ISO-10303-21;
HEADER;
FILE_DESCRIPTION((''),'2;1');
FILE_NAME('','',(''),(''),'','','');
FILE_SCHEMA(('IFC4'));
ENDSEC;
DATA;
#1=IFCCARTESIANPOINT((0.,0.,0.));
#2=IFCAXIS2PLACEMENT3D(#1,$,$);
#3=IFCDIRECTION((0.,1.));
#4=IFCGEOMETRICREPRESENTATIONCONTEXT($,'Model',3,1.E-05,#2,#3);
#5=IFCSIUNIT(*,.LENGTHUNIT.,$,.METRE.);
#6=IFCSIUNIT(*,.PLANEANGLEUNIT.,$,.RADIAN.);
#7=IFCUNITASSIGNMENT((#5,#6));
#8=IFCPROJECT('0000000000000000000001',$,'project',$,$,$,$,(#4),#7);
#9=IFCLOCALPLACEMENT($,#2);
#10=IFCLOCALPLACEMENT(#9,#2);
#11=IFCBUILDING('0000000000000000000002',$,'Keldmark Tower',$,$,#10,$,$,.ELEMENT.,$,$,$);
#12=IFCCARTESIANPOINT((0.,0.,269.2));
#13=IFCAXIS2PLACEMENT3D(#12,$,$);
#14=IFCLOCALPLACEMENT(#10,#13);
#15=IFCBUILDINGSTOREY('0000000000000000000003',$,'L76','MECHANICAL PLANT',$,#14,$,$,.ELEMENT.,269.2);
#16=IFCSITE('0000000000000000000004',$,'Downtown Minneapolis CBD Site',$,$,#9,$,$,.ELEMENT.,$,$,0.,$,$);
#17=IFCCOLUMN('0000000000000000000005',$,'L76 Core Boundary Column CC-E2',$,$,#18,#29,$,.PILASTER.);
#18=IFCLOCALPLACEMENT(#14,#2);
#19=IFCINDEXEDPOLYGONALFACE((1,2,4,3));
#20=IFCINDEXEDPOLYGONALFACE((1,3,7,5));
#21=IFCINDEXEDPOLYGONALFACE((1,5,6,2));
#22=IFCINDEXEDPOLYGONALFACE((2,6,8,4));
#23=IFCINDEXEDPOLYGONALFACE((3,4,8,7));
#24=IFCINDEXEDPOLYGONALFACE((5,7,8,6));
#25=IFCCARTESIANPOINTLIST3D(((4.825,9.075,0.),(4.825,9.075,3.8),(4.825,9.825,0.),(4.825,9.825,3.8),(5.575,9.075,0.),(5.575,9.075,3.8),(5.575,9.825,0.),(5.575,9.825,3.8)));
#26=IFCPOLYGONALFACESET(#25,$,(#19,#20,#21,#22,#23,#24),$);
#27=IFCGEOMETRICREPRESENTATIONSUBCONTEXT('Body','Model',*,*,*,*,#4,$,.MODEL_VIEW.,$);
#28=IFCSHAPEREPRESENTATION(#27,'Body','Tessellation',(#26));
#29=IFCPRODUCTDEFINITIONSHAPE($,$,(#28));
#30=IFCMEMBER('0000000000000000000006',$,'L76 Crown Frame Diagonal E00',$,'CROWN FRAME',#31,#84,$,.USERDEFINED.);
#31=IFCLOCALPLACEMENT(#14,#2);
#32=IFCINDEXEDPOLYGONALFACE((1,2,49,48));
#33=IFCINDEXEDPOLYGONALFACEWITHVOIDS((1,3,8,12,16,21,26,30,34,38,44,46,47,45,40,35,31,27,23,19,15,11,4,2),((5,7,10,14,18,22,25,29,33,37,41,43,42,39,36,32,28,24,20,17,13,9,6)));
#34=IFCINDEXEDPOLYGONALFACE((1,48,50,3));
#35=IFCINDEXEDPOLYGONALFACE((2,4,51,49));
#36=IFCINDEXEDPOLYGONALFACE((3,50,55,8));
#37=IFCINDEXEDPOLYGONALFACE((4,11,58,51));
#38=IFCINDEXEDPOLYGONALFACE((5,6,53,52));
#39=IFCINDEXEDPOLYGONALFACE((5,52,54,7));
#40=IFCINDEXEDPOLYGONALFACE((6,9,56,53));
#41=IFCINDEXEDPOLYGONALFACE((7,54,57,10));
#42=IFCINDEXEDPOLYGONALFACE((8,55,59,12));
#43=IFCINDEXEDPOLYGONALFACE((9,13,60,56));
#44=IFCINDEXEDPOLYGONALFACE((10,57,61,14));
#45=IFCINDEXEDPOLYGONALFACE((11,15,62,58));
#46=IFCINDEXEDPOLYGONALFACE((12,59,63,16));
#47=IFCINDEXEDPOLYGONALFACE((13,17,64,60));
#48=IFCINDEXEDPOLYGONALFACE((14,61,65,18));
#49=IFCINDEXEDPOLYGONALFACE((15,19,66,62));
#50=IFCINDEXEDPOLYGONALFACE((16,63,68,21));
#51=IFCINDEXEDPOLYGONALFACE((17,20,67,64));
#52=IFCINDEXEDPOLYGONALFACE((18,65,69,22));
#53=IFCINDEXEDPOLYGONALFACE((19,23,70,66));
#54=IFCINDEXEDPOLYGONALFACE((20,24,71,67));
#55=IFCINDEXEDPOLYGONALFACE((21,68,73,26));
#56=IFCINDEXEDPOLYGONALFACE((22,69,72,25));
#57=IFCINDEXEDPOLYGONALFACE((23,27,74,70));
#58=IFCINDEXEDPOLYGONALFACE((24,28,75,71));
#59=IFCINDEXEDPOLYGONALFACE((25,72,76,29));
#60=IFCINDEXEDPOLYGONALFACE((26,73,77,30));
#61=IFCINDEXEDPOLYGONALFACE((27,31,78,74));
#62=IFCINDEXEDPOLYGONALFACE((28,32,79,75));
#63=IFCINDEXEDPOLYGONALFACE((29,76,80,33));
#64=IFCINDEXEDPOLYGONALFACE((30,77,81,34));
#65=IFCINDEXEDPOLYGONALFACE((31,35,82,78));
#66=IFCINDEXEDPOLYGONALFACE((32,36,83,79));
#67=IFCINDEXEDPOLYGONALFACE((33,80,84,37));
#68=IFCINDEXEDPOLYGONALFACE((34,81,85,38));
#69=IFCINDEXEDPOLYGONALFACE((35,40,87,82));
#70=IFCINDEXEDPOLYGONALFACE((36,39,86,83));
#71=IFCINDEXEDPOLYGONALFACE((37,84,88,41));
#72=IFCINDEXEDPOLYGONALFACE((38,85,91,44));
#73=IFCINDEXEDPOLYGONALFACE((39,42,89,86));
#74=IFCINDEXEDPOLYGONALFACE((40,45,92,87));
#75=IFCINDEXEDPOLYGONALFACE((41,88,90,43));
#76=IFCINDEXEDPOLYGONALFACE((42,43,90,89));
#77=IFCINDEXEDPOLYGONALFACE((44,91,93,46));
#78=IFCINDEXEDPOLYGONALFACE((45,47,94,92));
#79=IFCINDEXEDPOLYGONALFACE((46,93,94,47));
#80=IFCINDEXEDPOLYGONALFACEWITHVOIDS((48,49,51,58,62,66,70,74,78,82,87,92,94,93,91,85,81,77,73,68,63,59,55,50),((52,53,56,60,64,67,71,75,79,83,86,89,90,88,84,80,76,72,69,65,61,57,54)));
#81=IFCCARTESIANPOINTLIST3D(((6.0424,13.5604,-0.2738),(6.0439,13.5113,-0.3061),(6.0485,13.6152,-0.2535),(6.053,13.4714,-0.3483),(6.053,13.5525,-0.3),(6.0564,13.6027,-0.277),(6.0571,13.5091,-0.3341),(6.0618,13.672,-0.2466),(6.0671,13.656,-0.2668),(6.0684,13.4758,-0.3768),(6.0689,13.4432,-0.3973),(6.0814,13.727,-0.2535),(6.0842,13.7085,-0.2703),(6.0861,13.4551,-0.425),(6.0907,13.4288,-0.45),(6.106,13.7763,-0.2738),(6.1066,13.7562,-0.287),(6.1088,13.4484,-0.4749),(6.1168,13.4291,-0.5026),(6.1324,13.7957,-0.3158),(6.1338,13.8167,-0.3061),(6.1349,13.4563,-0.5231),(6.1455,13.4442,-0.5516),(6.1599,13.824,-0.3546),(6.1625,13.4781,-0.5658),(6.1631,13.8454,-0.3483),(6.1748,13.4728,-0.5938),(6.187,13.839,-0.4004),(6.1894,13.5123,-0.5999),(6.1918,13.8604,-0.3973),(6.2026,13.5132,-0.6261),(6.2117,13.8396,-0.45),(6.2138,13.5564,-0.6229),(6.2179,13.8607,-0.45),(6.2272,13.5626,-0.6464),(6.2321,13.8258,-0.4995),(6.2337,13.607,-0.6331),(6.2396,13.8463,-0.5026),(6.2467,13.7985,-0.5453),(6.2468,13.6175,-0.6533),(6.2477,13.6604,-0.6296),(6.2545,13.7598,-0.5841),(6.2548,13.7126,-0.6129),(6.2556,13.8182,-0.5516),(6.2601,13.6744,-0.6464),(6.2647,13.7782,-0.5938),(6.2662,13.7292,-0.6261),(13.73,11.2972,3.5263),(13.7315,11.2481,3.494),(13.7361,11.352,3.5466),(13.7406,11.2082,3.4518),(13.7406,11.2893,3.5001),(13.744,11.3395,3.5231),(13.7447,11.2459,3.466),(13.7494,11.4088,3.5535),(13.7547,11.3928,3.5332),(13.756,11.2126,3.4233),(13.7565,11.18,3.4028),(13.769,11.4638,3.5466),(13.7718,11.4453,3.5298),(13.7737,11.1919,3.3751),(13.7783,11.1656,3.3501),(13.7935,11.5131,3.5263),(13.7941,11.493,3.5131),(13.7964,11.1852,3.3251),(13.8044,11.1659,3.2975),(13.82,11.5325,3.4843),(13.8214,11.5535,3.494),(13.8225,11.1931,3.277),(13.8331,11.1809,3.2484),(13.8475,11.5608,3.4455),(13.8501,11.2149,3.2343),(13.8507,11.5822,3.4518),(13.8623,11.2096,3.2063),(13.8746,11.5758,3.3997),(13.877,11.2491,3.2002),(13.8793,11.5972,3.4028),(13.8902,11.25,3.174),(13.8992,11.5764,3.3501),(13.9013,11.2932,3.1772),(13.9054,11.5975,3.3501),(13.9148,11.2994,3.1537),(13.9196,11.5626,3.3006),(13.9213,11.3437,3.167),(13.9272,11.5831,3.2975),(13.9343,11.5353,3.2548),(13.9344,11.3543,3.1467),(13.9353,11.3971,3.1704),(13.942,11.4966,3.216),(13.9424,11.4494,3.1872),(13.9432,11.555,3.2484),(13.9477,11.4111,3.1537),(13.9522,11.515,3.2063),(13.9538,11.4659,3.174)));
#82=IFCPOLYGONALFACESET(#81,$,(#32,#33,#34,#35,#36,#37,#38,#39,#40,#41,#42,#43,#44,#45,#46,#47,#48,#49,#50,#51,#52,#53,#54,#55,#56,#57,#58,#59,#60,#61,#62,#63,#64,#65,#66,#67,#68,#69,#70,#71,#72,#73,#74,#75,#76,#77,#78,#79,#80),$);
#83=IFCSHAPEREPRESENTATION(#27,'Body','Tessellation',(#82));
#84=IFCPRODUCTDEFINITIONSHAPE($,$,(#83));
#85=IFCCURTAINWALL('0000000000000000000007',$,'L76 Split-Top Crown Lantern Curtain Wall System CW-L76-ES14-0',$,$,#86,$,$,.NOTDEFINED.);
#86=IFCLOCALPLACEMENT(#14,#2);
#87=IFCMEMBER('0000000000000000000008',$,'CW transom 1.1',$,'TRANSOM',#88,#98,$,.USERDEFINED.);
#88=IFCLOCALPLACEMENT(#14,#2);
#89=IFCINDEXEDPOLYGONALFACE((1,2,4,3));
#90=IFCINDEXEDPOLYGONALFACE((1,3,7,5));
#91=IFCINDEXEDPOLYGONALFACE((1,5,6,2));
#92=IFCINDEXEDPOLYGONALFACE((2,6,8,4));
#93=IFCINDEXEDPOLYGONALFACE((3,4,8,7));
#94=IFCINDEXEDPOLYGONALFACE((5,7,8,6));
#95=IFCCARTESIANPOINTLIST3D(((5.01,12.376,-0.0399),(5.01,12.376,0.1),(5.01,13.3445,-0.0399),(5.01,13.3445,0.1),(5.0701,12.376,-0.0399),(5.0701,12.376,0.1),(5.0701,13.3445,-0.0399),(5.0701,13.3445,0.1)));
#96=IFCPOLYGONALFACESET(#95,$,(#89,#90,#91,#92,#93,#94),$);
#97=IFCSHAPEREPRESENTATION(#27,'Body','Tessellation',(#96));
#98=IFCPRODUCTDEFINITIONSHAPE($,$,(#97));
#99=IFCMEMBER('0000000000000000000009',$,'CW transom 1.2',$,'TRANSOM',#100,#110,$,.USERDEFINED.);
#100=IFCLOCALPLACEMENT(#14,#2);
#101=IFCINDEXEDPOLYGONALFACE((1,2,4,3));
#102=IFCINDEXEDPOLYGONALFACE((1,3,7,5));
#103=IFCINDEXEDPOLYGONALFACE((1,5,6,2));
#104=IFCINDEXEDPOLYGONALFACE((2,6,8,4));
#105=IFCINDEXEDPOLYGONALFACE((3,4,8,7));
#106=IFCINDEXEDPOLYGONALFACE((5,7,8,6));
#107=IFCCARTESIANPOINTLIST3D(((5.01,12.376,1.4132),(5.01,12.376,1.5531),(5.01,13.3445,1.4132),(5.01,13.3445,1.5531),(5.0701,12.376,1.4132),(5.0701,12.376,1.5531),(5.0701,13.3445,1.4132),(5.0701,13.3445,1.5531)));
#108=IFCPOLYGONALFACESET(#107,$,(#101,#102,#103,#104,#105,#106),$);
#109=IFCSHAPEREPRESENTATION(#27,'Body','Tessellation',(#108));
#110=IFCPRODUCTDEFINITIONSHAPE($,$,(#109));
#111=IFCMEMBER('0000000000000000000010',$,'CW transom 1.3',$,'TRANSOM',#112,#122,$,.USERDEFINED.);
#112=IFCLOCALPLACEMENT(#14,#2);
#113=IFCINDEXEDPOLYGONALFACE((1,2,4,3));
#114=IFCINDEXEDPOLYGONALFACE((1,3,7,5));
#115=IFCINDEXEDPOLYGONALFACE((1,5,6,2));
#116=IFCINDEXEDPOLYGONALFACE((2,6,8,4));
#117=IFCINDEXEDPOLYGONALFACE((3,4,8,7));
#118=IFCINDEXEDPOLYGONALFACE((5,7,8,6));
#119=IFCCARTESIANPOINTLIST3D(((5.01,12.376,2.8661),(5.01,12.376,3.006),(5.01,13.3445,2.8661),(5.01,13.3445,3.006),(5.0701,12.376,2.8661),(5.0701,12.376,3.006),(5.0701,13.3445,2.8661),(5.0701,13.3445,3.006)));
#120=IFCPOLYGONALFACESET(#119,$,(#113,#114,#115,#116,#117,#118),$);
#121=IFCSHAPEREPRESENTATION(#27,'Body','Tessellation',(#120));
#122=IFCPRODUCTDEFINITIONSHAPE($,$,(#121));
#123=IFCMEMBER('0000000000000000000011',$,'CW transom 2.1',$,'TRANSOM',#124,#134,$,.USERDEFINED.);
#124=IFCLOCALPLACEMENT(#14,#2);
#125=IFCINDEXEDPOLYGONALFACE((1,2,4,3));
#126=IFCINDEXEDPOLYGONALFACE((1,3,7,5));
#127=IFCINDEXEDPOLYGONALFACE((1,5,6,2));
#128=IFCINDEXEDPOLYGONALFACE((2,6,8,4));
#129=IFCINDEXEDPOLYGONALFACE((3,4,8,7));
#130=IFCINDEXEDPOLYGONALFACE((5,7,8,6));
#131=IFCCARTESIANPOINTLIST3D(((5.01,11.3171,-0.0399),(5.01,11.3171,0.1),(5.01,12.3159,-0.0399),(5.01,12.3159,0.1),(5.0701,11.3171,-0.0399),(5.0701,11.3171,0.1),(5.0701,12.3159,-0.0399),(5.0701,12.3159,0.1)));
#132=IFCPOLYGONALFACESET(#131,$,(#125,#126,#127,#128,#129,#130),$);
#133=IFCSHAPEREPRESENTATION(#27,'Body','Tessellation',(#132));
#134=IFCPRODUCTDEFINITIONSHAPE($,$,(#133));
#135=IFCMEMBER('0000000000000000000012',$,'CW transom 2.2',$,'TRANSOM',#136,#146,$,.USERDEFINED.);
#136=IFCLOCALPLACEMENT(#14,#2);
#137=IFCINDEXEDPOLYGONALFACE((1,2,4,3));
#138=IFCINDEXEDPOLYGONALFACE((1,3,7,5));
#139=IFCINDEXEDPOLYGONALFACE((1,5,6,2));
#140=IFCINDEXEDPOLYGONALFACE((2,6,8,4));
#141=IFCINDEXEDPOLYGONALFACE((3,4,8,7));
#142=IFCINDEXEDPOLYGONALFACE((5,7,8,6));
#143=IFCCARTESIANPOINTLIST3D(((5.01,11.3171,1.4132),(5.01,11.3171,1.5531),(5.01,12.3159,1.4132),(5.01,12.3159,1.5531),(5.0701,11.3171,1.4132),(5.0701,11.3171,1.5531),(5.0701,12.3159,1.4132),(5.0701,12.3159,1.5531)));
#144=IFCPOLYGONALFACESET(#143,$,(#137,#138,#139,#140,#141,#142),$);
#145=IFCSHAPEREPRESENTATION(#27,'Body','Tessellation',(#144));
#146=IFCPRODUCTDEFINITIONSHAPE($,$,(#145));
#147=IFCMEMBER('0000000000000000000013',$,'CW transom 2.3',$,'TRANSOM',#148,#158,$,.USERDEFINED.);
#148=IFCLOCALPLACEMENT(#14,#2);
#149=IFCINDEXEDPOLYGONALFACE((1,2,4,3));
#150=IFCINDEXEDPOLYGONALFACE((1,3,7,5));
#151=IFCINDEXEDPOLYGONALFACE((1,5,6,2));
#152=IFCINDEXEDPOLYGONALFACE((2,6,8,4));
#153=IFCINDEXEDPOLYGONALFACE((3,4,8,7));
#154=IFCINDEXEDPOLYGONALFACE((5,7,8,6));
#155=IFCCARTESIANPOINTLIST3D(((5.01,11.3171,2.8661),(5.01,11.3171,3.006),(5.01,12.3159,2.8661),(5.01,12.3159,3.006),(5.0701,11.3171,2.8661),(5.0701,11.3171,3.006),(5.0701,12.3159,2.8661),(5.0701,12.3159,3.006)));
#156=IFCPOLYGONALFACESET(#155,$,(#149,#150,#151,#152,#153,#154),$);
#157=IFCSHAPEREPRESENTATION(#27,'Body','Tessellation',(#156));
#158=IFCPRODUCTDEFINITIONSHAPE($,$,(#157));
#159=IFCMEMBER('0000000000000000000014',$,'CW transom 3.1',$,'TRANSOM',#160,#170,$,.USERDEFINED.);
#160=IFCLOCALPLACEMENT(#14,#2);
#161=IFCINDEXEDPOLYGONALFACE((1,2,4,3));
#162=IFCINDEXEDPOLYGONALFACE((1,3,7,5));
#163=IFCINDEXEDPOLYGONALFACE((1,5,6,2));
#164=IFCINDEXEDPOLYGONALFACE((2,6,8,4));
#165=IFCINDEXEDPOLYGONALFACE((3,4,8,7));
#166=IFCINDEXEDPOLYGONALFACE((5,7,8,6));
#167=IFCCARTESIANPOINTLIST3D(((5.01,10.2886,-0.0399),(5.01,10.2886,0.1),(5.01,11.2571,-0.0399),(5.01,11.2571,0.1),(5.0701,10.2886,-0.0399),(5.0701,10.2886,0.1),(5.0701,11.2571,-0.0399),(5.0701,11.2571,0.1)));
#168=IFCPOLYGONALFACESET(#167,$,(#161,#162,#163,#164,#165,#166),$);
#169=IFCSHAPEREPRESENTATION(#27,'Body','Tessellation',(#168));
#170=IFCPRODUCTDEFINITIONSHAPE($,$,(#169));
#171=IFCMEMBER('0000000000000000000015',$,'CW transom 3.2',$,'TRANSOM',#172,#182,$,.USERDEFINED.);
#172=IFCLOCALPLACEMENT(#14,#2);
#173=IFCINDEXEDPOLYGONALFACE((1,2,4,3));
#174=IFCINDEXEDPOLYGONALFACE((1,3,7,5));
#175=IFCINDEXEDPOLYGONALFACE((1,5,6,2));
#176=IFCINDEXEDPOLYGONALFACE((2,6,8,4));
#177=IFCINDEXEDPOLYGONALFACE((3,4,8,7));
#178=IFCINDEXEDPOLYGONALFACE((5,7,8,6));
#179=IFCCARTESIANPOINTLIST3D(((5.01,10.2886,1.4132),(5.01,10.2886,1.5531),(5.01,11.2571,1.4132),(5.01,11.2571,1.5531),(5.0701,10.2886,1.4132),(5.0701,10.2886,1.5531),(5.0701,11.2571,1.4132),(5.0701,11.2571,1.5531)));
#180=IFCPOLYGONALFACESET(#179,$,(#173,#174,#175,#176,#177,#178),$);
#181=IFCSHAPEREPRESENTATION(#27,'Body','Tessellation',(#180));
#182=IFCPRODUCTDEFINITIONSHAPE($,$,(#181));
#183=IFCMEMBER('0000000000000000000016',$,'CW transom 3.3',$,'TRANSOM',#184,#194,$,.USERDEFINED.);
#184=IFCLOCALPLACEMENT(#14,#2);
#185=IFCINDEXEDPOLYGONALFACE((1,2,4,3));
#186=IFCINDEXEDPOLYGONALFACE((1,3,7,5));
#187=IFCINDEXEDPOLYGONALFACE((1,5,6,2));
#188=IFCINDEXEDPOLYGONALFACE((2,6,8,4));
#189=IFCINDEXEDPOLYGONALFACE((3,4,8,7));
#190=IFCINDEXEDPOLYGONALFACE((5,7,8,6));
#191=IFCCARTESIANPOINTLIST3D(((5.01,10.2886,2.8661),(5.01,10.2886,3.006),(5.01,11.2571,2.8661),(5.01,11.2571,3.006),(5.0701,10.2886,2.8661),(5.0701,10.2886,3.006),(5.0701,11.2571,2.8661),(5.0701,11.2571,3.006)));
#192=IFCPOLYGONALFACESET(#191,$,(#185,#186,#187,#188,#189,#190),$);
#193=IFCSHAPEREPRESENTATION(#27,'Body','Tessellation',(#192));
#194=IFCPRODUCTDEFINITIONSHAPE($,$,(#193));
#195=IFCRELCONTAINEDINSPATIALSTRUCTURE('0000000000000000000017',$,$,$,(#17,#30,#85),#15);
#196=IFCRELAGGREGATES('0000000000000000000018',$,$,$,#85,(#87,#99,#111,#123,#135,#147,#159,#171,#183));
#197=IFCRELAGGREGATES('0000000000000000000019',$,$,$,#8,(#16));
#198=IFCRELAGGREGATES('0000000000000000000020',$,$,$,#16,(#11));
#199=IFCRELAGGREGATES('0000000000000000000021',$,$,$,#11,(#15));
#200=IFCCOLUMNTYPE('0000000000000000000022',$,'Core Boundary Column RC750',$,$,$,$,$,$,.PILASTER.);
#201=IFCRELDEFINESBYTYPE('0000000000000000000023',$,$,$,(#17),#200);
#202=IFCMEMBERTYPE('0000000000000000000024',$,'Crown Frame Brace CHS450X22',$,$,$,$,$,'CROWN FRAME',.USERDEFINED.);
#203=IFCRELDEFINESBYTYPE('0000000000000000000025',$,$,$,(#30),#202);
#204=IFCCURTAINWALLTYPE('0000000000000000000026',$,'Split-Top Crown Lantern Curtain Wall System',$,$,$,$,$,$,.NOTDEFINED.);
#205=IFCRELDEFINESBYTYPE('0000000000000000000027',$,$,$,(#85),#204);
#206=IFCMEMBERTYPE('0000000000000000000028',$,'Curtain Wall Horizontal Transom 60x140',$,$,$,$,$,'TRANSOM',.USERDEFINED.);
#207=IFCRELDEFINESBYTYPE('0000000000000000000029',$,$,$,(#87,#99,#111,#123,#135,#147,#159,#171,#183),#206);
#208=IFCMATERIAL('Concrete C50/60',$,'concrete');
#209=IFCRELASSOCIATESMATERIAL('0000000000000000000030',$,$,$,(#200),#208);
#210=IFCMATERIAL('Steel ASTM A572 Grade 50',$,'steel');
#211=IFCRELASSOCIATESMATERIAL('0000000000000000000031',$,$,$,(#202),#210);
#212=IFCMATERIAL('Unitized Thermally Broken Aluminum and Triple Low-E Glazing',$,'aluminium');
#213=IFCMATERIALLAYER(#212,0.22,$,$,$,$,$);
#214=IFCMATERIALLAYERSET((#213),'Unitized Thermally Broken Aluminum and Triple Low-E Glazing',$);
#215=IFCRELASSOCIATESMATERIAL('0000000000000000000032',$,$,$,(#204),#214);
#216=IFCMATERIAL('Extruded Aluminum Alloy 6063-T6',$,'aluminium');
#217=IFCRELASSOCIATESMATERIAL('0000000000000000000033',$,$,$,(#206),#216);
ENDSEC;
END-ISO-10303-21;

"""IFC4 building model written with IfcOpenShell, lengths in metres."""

from ifc_helpers import new_model, si_unit, direction, frame, origin, origin_2d, place, context, subcontext, project, spatial, rectangle, hollow_circle, extrude, material, layer, layer_set, material_profile, profile_set, type_object, element, aggregate, save


model = new_model("IFC4")

# Units and contexts
model_context = context("Model", 3, precision=1e-05, world=origin(), true_north=direction((0.0, 1.0)))
body_context = subcontext(model_context, "Body", "Model", "MODEL_VIEW")
ifc_project = project(units=[si_unit("LENGTHUNIT", "METRE"), si_unit("PLANEANGLEUNIT", "RADIAN")], contexts=[model_context])

# Site, building, storey
site_placement = place(None, origin())
site = spatial("IfcSite", under=ifc_project, at=site_placement, Name="Downtown Minneapolis CBD Site", CompositionType="ELEMENT", RefElevation=0.0)
building_placement = place(site_placement, origin())
building = spatial("IfcBuilding", under=site, at=building_placement, Name="Keldmark Tower", CompositionType="ELEMENT")
storey_placement = place(building_placement, frame((0.0, 0.0, 269.2)))
storey = spatial("IfcBuildingStorey", under=building, at=storey_placement, Name="L76", Description="MECHANICAL PLANT", CompositionType="ELEMENT", Elevation=269.2)

# Column
ifc_material_1 = material(Name="Concrete C50/60", Category="concrete")
ifc_material_profile_1 = material_profile(ifc_material_1, rectangle(XDim=0.75, YDim=0.75, at=origin_2d()), Name="RC750X750")
ifc_profile_set_1 = profile_set([ifc_material_profile_1], Name="Concrete C50/60")
column_type = type_object("IfcColumnType", Name="Core Boundary Column RC750", PredefinedType="PILASTER", material=ifc_profile_set_1)
column_placement = place(storey_placement, frame((5.2, 9.45, 0.0), z_axis=(0.0, 0.0, 1.0), x_axis=(1.0, 0.0, 0.0)))
element("IfcColumn", 1, at=column_placement, inside=storey, type_object=column_type, Name="L76 Core Boundary Column CC-E2", PredefinedType="PILASTER", context=body_context, shape_type="SweptSolid", body=[
    extrude(rectangle(XDim=0.75, YDim=0.75, at=origin_2d()), origin(), (0.0, 0.0, 1.0), 3.8),
])

# Member
ifc_material_2 = material(Name="Steel ASTM A572 Grade 50", Category="steel")
ifc_material_profile_2 = material_profile(ifc_material_2, hollow_circle(Radius=0.2251, WallThickness=0.022, at=origin_2d()), Name="CHS450X22")
ifc_profile_set_2 = profile_set([ifc_material_profile_2], Name="Steel ASTM A572 Grade 50")
member_type_1 = type_object("IfcMemberType", Name="Crown Frame Brace CHS450X22", ElementType="CROWN FRAME", PredefinedType="USERDEFINED", material=ifc_profile_set_2)
member_1_placement = place(storey_placement, frame((6.1543, 13.6448, -0.45), z_axis=(0.866778, -0.255178, 0.428462), x_axis=(0.282414, 0.959293, 0.0)))
element("IfcMember", 2, at=member_1_placement, inside=storey, type_object=member_type_1, Name="L76 Crown Frame Diagonal E00", ObjectType="CROWN FRAME", PredefinedType="USERDEFINED", context=body_context, shape_type="SweptSolid", body=[
    extrude(hollow_circle(Radius=0.2251, WallThickness=0.022, at=origin_2d()), origin(), (0.0, 0.0, 1.0), 8.8691),
])

# Curtain wall, members
ifc_material_3 = material(Name="Unitized Thermally Broken Aluminum and Triple Low-E Glazing", Category="aluminium")
ifc_layer_1 = layer(ifc_material_3, 0.22)
ifc_layer_set_1 = layer_set([ifc_layer_1], Name="Unitized Thermally Broken Aluminum and Triple Low-E Glazing")
curtain_wall_type = type_object("IfcCurtainWallType", Name="Split-Top Crown Lantern Curtain Wall System", PredefinedType="NOTDEFINED", material=ifc_layer_set_1)
curtain_wall_placement = place(storey_placement, origin())
curtain_wall = element("IfcCurtainWall", 3, at=curtain_wall_placement, inside=storey, type_object=curtain_wall_type, Name="L76 Split-Top Crown Lantern Curtain Wall System CW-L76-ES14-0", PredefinedType="NOTDEFINED")
ifc_material_4 = material(Name="Extruded Aluminum Alloy 6063-T6", Category="aluminium")
ifc_material_profile_3 = material_profile(ifc_material_4, rectangle(XDim=0.0601, YDim=0.1399, at=origin_2d()), Name="CWT60X140")
ifc_profile_set_3 = profile_set([ifc_material_profile_3], Name="Extruded Aluminum Alloy 6063-T6")
member_type_2 = type_object("IfcMemberType", Name="Curtain Wall Horizontal Transom 60x140", ElementType="TRANSOM", PredefinedType="USERDEFINED", material=ifc_profile_set_3)
member_2_placement = place(storey_placement, frame((5.04, 13.3445, 0.03), z_axis=(0.0, -1.0, 0.0), x_axis=(1.0, 0.0, 0.0)))
member_2 = element("IfcMember", 4, at=member_2_placement, type_object=member_type_2, Name="CW transom 1.1", ObjectType="TRANSOM", PredefinedType="USERDEFINED", context=body_context, shape_type="SweptSolid", body=[
    extrude(rectangle(XDim=0.0601, YDim=0.1399, at=origin_2d()), origin(), (0.0, 0.0, 1.0), 0.9685),
])
member_3_placement = place(storey_placement, frame((5.04, 13.3445, 1.4832), z_axis=(0.0, -1.0, 0.0), x_axis=(1.0, 0.0, 0.0)))
member_3 = element("IfcMember", 5, at=member_3_placement, type_object=member_type_2, Name="CW transom 1.2", ObjectType="TRANSOM", PredefinedType="USERDEFINED", context=body_context, shape_type="SweptSolid", body=[
    extrude(rectangle(XDim=0.0601, YDim=0.1399, at=origin_2d()), origin(), (0.0, 0.0, 1.0), 0.9685),
])
member_4_placement = place(storey_placement, frame((5.04, 13.3445, 2.936), z_axis=(0.0, -1.0, 0.0), x_axis=(1.0, 0.0, 0.0)))
member_4 = element("IfcMember", 6, at=member_4_placement, type_object=member_type_2, Name="CW transom 1.3", ObjectType="TRANSOM", PredefinedType="USERDEFINED", context=body_context, shape_type="SweptSolid", body=[
    extrude(rectangle(XDim=0.0601, YDim=0.1399, at=origin_2d()), origin(), (0.0, 0.0, 1.0), 0.9685),
])
member_5_placement = place(storey_placement, frame((5.04, 12.3159, 0.03), z_axis=(0.0, -1.0, 0.0), x_axis=(1.0, 0.0, 0.0)))
member_5 = element("IfcMember", 7, at=member_5_placement, type_object=member_type_2, Name="CW transom 2.1", ObjectType="TRANSOM", PredefinedType="USERDEFINED", context=body_context, shape_type="SweptSolid", body=[
    extrude(rectangle(XDim=0.0601, YDim=0.1399, at=origin_2d()), origin(), (0.0, 0.0, 1.0), 0.9988),
])
member_6_placement = place(storey_placement, frame((5.04, 12.3159, 1.4832), z_axis=(0.0, -1.0, 0.0), x_axis=(1.0, 0.0, 0.0)))
member_6 = element("IfcMember", 8, at=member_6_placement, type_object=member_type_2, Name="CW transom 2.2", ObjectType="TRANSOM", PredefinedType="USERDEFINED", context=body_context, shape_type="SweptSolid", body=[
    extrude(rectangle(XDim=0.0601, YDim=0.1399, at=origin_2d()), origin(), (0.0, 0.0, 1.0), 0.9988),
])
member_7_placement = place(storey_placement, frame((5.04, 12.3159, 2.936), z_axis=(0.0, -1.0, 0.0), x_axis=(1.0, 0.0, 0.0)))
member_7 = element("IfcMember", 9, at=member_7_placement, type_object=member_type_2, Name="CW transom 2.3", ObjectType="TRANSOM", PredefinedType="USERDEFINED", context=body_context, shape_type="SweptSolid", body=[
    extrude(rectangle(XDim=0.0601, YDim=0.1399, at=origin_2d()), origin(), (0.0, 0.0, 1.0), 0.9988),
])
member_8_placement = place(storey_placement, frame((5.04, 11.2571, 0.03), z_axis=(0.0, -1.0, 0.0), x_axis=(1.0, 0.0, 0.0)))
member_8 = element("IfcMember", 10, at=member_8_placement, type_object=member_type_2, Name="CW transom 3.1", ObjectType="TRANSOM", PredefinedType="USERDEFINED", context=body_context, shape_type="SweptSolid", body=[
    extrude(rectangle(XDim=0.0601, YDim=0.1399, at=origin_2d()), origin(), (0.0, 0.0, 1.0), 0.9685),
])
member_9_placement = place(storey_placement, frame((5.04, 11.2571, 1.4832), z_axis=(0.0, -1.0, 0.0), x_axis=(1.0, 0.0, 0.0)))
member_9 = element("IfcMember", 11, at=member_9_placement, type_object=member_type_2, Name="CW transom 3.2", ObjectType="TRANSOM", PredefinedType="USERDEFINED", context=body_context, shape_type="SweptSolid", body=[
    extrude(rectangle(XDim=0.0601, YDim=0.1399, at=origin_2d()), origin(), (0.0, 0.0, 1.0), 0.9685),
])
member_10_placement = place(storey_placement, frame((5.04, 11.2571, 2.936), z_axis=(0.0, -1.0, 0.0), x_axis=(1.0, 0.0, 0.0)))
member_10 = element("IfcMember", 12, at=member_10_placement, type_object=member_type_2, Name="CW transom 3.3", ObjectType="TRANSOM", PredefinedType="USERDEFINED", context=body_context, shape_type="SweptSolid", body=[
    extrude(rectangle(XDim=0.0601, YDim=0.1399, at=origin_2d()), origin(), (0.0, 0.0, 1.0), 0.9685),
])

aggregate(curtain_wall, [member_2, member_3, member_4, member_5, member_6, member_7, member_8, member_9, member_10])

save(model, "model.ifc")
